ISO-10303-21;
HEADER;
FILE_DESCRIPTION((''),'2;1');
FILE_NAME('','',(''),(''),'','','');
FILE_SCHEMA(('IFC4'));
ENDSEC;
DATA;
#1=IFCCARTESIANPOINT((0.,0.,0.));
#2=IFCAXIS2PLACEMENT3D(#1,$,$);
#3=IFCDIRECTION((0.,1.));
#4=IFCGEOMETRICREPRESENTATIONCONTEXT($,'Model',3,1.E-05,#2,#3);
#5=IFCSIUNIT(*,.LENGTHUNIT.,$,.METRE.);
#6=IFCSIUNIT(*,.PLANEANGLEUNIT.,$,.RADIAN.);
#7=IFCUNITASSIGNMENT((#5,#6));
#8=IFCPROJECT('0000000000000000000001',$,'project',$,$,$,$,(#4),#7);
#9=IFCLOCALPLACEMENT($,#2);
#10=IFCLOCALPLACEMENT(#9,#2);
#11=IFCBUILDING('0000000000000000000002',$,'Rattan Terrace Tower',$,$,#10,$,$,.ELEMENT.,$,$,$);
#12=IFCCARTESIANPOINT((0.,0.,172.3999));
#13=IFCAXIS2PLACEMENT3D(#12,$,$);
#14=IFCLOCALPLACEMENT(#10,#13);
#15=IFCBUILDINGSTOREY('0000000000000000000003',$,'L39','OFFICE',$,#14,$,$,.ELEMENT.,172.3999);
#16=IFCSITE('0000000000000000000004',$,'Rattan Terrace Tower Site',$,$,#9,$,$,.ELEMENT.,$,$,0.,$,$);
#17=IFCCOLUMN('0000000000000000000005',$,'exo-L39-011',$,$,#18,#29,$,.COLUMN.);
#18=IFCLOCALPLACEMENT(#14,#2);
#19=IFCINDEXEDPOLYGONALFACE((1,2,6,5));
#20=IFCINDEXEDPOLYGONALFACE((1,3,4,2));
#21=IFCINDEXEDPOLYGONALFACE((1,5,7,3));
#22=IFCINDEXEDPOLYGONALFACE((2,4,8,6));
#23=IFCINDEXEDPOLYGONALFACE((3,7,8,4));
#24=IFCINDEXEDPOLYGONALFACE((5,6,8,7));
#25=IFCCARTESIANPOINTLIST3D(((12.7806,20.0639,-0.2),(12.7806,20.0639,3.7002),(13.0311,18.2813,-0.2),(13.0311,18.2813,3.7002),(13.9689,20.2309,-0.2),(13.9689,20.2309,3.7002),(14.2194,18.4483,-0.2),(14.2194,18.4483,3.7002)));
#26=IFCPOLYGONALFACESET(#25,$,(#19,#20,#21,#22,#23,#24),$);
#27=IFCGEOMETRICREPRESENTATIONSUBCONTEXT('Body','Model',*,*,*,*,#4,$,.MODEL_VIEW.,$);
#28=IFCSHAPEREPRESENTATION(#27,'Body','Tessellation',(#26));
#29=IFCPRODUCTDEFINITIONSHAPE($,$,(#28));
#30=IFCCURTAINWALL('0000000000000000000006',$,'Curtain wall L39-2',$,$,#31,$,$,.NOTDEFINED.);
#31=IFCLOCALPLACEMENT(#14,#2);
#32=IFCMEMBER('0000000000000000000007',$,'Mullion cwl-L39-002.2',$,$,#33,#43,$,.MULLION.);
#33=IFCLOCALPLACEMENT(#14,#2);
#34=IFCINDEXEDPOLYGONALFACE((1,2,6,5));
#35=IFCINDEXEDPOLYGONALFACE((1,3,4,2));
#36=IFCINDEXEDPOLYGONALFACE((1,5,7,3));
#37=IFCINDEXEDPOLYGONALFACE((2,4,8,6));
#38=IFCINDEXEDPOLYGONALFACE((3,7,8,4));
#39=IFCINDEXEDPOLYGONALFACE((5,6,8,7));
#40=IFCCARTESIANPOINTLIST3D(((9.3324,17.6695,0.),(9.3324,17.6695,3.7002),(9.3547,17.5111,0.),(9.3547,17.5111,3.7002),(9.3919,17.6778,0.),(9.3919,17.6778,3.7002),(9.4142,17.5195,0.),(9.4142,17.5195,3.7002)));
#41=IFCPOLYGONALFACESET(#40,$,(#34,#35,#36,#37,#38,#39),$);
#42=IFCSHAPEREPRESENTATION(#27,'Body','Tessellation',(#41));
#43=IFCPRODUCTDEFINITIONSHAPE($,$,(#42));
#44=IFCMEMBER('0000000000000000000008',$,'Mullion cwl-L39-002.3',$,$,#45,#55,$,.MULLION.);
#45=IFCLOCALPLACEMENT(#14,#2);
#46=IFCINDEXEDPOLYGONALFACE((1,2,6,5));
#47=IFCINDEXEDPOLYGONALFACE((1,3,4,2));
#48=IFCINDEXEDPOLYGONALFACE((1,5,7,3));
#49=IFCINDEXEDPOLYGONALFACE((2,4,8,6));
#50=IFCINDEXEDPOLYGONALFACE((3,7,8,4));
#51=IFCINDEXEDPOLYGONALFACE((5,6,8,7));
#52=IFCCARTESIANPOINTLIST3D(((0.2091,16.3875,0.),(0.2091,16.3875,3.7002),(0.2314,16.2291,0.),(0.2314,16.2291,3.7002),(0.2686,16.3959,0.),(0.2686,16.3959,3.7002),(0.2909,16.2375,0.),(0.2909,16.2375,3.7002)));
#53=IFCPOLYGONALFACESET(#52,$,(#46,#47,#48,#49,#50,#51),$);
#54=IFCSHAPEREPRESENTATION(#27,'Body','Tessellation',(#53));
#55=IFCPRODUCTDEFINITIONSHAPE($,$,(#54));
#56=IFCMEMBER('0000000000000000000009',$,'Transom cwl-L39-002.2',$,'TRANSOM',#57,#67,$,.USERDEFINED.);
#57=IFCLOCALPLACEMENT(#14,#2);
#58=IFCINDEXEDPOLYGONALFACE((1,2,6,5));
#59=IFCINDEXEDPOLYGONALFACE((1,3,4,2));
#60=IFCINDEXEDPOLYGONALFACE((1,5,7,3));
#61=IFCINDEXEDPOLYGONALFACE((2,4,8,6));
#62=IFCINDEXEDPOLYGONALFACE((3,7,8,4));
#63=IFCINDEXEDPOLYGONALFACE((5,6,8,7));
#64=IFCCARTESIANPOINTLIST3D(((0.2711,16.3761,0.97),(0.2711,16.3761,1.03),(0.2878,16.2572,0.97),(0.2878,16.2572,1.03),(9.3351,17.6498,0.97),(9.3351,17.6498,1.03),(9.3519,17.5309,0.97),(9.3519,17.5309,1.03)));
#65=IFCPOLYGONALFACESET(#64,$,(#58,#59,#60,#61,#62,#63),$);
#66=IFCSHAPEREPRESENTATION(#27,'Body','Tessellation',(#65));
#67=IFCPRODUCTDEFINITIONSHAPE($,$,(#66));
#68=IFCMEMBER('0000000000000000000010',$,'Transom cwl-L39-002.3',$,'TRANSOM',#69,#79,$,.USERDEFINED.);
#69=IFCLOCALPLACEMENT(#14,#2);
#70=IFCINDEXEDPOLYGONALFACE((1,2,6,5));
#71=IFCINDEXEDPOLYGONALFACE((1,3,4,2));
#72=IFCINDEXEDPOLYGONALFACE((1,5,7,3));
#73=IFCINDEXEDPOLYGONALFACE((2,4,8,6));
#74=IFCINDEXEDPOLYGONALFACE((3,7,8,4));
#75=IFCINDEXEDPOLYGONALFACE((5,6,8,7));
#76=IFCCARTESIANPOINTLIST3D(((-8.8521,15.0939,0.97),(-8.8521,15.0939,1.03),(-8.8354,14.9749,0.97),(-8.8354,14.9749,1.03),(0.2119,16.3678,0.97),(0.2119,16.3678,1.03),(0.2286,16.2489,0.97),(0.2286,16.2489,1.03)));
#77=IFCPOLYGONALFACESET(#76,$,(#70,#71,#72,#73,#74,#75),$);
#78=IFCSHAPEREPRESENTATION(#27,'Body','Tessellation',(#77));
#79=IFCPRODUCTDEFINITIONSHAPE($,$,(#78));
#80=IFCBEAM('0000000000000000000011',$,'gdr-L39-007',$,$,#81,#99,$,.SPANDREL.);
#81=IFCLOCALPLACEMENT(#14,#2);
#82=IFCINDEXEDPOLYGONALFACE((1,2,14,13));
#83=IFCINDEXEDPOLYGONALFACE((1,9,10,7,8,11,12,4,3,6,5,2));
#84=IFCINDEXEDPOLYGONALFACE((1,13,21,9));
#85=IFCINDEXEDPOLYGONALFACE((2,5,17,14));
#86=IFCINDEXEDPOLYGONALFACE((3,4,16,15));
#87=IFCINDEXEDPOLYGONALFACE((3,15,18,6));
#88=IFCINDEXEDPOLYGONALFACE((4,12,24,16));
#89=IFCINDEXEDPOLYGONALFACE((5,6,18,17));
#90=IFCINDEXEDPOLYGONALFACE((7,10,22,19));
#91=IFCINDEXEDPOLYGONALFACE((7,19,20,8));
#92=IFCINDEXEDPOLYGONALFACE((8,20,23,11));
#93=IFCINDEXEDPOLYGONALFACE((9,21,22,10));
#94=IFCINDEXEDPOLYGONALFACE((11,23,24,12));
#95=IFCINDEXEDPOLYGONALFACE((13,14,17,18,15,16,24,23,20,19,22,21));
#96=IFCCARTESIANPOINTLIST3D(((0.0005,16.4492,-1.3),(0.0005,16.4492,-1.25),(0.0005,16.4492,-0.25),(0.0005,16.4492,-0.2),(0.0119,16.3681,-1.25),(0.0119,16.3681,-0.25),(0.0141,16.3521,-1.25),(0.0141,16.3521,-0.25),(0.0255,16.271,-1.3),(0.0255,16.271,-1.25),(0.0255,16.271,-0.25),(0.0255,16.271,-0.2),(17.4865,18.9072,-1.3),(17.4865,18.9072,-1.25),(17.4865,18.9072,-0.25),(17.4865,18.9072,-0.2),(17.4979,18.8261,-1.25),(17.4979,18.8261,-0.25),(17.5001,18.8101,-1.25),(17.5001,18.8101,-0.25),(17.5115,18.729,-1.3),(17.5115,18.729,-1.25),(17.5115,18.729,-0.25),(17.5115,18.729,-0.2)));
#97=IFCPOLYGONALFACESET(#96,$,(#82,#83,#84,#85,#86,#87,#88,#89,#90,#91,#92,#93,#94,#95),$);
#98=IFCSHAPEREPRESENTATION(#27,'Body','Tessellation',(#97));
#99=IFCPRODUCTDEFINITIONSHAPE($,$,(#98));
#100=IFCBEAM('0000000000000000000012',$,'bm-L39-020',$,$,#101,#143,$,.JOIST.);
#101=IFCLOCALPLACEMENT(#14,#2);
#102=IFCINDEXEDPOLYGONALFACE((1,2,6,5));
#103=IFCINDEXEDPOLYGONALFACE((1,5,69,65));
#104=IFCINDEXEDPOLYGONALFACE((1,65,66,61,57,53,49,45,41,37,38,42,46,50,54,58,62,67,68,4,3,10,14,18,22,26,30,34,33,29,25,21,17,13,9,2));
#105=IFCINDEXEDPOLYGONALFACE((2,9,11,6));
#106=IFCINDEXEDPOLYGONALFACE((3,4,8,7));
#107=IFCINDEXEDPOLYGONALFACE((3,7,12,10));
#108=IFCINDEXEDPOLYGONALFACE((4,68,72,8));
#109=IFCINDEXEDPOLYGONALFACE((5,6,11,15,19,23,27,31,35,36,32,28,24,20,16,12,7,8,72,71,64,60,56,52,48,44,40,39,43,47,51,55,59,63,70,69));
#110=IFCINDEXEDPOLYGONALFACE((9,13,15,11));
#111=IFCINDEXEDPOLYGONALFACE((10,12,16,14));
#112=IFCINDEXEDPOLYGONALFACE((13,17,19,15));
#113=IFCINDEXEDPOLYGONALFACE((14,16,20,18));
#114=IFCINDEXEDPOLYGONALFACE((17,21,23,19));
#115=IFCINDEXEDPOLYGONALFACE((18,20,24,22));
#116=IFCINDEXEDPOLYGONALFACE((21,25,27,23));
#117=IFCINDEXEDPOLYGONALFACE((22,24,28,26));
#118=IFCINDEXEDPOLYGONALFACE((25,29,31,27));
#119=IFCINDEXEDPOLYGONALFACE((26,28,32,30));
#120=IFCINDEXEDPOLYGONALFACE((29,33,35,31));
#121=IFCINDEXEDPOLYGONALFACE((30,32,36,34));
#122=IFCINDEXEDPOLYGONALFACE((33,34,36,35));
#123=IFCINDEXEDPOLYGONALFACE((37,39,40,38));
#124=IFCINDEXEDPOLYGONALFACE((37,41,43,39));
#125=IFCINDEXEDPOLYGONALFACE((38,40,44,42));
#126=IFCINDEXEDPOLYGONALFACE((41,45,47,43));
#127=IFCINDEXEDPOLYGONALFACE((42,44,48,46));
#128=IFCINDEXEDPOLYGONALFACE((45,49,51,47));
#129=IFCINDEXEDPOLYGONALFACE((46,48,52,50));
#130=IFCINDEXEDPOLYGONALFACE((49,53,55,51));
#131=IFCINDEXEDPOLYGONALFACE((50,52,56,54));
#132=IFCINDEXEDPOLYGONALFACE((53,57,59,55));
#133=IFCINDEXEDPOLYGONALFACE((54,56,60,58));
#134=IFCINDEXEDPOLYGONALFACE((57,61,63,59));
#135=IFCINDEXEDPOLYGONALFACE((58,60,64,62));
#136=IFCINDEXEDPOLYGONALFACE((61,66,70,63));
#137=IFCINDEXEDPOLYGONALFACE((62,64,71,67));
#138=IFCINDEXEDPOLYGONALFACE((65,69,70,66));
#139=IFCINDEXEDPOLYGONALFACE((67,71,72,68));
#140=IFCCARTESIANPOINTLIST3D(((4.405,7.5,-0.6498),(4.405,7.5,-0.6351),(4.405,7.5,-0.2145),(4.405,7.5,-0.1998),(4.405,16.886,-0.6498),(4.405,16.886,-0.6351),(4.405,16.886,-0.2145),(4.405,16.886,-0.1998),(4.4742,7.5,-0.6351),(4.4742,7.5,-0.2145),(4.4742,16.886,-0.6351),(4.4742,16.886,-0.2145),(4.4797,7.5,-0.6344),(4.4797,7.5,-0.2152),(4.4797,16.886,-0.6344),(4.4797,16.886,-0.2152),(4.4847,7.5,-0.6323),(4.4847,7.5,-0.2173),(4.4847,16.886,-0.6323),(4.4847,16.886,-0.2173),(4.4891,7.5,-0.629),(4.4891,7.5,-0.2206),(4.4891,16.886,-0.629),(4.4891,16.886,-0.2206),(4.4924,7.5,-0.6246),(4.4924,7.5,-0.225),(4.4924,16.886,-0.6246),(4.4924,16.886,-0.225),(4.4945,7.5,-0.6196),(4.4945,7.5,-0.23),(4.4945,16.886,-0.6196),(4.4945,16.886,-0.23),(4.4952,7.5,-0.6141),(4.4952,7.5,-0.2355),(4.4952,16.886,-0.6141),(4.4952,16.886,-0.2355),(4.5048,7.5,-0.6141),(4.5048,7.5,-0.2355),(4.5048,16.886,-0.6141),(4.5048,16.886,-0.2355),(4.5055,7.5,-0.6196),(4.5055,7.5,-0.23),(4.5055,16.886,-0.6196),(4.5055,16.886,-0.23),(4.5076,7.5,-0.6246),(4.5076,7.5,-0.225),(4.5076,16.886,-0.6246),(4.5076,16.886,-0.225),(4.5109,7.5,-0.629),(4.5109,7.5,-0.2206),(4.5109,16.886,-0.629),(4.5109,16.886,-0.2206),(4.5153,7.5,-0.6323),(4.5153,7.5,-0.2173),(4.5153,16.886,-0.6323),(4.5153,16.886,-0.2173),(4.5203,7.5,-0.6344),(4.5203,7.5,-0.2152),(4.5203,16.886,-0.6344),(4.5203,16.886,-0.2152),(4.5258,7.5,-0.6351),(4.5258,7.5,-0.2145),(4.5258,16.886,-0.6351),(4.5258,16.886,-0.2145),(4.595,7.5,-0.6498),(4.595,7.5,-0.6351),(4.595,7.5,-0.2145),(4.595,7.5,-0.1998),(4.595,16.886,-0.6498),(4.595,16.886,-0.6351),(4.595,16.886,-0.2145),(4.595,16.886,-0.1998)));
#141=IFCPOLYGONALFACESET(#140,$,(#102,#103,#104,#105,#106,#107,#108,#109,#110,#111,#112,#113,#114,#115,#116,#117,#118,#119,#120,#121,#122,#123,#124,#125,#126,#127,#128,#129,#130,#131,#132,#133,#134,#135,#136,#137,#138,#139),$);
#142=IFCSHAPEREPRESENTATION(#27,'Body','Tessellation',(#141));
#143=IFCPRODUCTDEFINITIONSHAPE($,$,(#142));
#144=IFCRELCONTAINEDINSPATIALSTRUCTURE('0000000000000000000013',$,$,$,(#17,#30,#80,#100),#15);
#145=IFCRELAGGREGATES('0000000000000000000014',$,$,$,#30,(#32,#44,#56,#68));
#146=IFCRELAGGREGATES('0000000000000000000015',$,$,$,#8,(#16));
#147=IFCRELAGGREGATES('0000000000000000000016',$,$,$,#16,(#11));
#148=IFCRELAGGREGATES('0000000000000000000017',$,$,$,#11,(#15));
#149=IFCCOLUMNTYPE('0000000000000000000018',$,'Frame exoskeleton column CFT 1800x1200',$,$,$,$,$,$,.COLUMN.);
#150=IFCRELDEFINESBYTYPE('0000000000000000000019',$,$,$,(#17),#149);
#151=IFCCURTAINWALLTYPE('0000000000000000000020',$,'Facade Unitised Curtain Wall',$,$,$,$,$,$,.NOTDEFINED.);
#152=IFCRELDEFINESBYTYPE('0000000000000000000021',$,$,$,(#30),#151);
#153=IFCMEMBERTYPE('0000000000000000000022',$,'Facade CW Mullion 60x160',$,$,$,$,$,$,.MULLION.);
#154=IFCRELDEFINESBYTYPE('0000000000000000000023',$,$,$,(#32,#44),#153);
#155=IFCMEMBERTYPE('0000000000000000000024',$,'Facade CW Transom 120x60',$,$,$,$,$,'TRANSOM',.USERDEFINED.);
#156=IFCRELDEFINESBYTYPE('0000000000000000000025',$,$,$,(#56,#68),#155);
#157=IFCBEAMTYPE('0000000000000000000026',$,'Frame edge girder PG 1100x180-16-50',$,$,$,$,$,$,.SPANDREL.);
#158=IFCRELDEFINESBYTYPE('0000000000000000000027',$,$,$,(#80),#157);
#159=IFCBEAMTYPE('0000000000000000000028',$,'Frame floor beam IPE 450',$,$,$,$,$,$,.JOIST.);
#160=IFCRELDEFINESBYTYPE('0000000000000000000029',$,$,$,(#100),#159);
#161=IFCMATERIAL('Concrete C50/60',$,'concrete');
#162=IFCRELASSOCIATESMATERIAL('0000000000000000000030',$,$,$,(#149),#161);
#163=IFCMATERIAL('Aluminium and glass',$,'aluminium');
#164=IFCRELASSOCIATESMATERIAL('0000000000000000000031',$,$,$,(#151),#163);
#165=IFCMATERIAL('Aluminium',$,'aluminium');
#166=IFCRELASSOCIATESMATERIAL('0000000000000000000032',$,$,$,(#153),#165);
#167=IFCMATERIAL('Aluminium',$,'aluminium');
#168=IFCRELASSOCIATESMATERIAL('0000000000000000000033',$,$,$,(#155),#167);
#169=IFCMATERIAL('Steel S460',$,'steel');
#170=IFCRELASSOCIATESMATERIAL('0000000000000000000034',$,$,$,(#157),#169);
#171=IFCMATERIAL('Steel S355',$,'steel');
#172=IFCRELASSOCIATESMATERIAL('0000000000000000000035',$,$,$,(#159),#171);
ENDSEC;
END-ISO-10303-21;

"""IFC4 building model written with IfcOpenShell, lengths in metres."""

from ifc_helpers import new_model, si_unit, direction, frame, origin, origin_2d, place, context, subcontext, project, spatial, rectangle, i_section, extrude, material, material_profile, profile_set, type_object, element, aggregate, save


model = new_model("IFC4")

# Units and contexts
model_context = context("Model", 3, precision=1e-05, world=origin(), true_north=direction((0.0, 1.0)))
body_context = subcontext(model_context, "Body", "Model", "MODEL_VIEW")
ifc_project = project(units=[si_unit("LENGTHUNIT", "METRE"), si_unit("PLANEANGLEUNIT", "RADIAN")], contexts=[model_context])

# Site, building, storey
site_placement = place(None, origin())
site = spatial("IfcSite", under=ifc_project, at=site_placement, Name="Rattan Terrace Tower Site", CompositionType="ELEMENT", RefElevation=0.0)
building_placement = place(site_placement, origin())
building = spatial("IfcBuilding", under=site, at=building_placement, Name="Rattan Terrace Tower", CompositionType="ELEMENT")
storey_placement = place(building_placement, frame((0.0, 0.0, 172.3999)))
storey = spatial("IfcBuildingStorey", under=building, at=storey_placement, Name="L39", Description="OFFICE", CompositionType="ELEMENT", Elevation=172.3999)

# Column
ifc_material_1 = material(Name="Concrete C50/60", Category="concrete")
ifc_material_profile_1 = material_profile(ifc_material_1, rectangle(XDim=1.2, YDim=1.8, at=origin_2d()), Name="CFT 1800x1200")
ifc_profile_set_1 = profile_set([ifc_material_profile_1], Name="Concrete C50/60")
column_type = type_object("IfcColumnType", Name="Frame exoskeleton column CFT 1800x1200", PredefinedType="COLUMN", material=ifc_profile_set_1)
column_placement = place(storey_placement, frame((13.5, 19.2561, -0.2), z_axis=(0.0, 0.0, 1.0), x_axis=(0.99027, 0.139156, 0.0)))
element("IfcColumn", 1, at=column_placement, inside=storey, type_object=column_type, Name="exo-L39-011", PredefinedType="COLUMN", context=body_context, shape_type="SweptSolid", body=[
    extrude(rectangle(XDim=1.2, YDim=1.8, at=origin_2d()), origin(), (0.0, 0.0, 1.0), 3.9001),
])

# Curtain wall, members
ifc_material_2 = material(Name="Aluminium and glass", Category="aluminium")
curtain_wall_type = type_object("IfcCurtainWallType", Name="Facade Unitised Curtain Wall", PredefinedType="NOTDEFINED", material=ifc_material_2)
curtain_wall_placement = place(storey_placement, origin())
curtain_wall = element("IfcCurtainWall", 2, at=curtain_wall_placement, inside=storey, type_object=curtain_wall_type, Name="Curtain wall L39-2", PredefinedType="NOTDEFINED")
ifc_material_3 = material(Name="Aluminium", Category="aluminium")
ifc_material_profile_2 = material_profile(ifc_material_3, rectangle(XDim=0.0601, YDim=0.1599, at=origin_2d()), Name="Aluminium 60x160")
ifc_profile_set_2 = profile_set([ifc_material_profile_2], Name="Aluminium")
member_type_1 = type_object("IfcMemberType", Name="Facade CW Mullion 60x160", PredefinedType="MULLION", material=ifc_profile_set_2)
member_1_placement = place(storey_placement, frame((9.3733, 17.5945, 0.0), z_axis=(0.0, 0.0, 1.0), x_axis=(-0.99027, -0.139161, 0.0)))
member_1 = element("IfcMember", 3, at=member_1_placement, type_object=member_type_1, Name="Mullion cwl-L39-002.2", PredefinedType="MULLION", context=body_context, shape_type="SweptSolid", body=[
    extrude(rectangle(XDim=0.0601, YDim=0.1599, at=origin_2d()), origin(), (0.0, 0.0, 1.0), 3.7002),
])
member_2_placement = place(storey_placement, frame((0.25, 16.3125, 0.0), z_axis=(0.0, 0.0, 1.0), x_axis=(-0.99027, -0.139161, 0.0)))
member_2 = element("IfcMember", 4, at=member_2_placement, type_object=member_type_1, Name="Mullion cwl-L39-002.3", PredefinedType="MULLION", context=body_context, shape_type="SweptSolid", body=[
    extrude(rectangle(XDim=0.0601, YDim=0.1599, at=origin_2d()), origin(), (0.0, 0.0, 1.0), 3.7002),
])
ifc_material_4 = material(Name="Aluminium", Category="aluminium")
ifc_material_profile_3 = material_profile(ifc_material_4, rectangle(XDim=0.1201, YDim=0.0601, at=origin_2d()), Name="Aluminium 120x60")
ifc_profile_set_3 = profile_set([ifc_material_profile_3], Name="Aluminium")
member_type_2 = type_object("IfcMemberType", Name="Facade CW Transom 120x60", ElementType="TRANSOM", PredefinedType="USERDEFINED", material=ifc_profile_set_3)
member_3_placement = place(storey_placement, frame((9.3435, 17.5903, 1.0), z_axis=(-0.990271, -0.139154, 0.0), x_axis=(0.139154, -0.990271, 0.0)))
member_3 = element("IfcMember", 5, at=member_3_placement, type_object=member_type_2, Name="Transom cwl-L39-002.2", ObjectType="TRANSOM", PredefinedType="USERDEFINED", context=body_context, shape_type="SweptSolid", body=[
    extrude(rectangle(XDim=0.1201, YDim=0.0601, at=origin_2d()), origin(), (0.0, 0.0, 1.0), 9.1531),
])
member_4_placement = place(storey_placement, frame((0.2202, 16.3083, 1.0), z_axis=(-0.990267, -0.13918, 0.0), x_axis=(0.13918, -0.990267, 0.0)))
member_4 = element("IfcMember", 6, at=member_4_placement, type_object=member_type_2, Name="Transom cwl-L39-002.3", ObjectType="TRANSOM", PredefinedType="USERDEFINED", context=body_context, shape_type="SweptSolid", body=[
    extrude(rectangle(XDim=0.1201, YDim=0.0601, at=origin_2d()), origin(), (0.0, 0.0, 1.0), 9.1531),
])

# Beams
ifc_material_5 = material(Name="Steel S460", Category="steel")
ifc_material_profile_4 = material_profile(ifc_material_5, i_section(OverallWidth=0.1799, OverallDepth=1.1001, WebThickness=0.0161, FlangeThickness=0.05, at=origin_2d()), Name="PG 1100x180-16-50")
ifc_profile_set_4 = profile_set([ifc_material_profile_4], Name="Steel S460")
beam_type_1 = type_object("IfcBeamType", Name="Frame edge girder PG 1100x180-16-50", PredefinedType="SPANDREL", material=ifc_profile_set_4)
beam_1_placement = place(storey_placement, frame((17.499, 18.8181, -0.75), z_axis=(-0.990264, -0.139201, 0.0), x_axis=(0.139201, -0.990264, 0.0)))
element("IfcBeam", 7, at=beam_1_placement, inside=storey, type_object=beam_type_1, Name="gdr-L39-007", PredefinedType="SPANDREL", context=body_context, shape_type="SweptSolid", body=[
    extrude(i_section(OverallWidth=0.1799, OverallDepth=1.1001, WebThickness=0.0161, FlangeThickness=0.05, at=origin_2d()), origin(), (0.0, 0.0, 1.0), 17.658),
])
ifc_material_6 = material(Name="Steel S355", Category="steel")
ifc_material_profile_5 = material_profile(ifc_material_6, i_section(OverallWidth=0.1899, OverallDepth=0.45, WebThickness=0.0095, FlangeThickness=0.0146, FilletRadius=0.021, at=origin_2d()), Name="IPE 450")
ifc_profile_set_5 = profile_set([ifc_material_profile_5], Name="Steel S355")
beam_type_2 = type_object("IfcBeamType", Name="Frame floor beam IPE 450", PredefinedType="JOIST", material=ifc_profile_set_5)
beam_2_placement = place(storey_placement, frame((4.5, 7.5, -0.4248), z_axis=(0.0, 1.0, 0.0), x_axis=(-1.0, 0.0, 0.0)))
element("IfcBeam", 8, at=beam_2_placement, inside=storey, type_object=beam_type_2, Name="bm-L39-020", PredefinedType="JOIST", context=body_context, shape_type="SweptSolid", body=[
    extrude(i_section(OverallWidth=0.1899, OverallDepth=0.45, WebThickness=0.0095, FlangeThickness=0.0146, FilletRadius=0.021, at=origin_2d()), origin(), (0.0, 0.0, 1.0), 9.386),
])

aggregate(curtain_wall, [member_1, member_2, member_3, member_4])

save(model, "model.ifc")
